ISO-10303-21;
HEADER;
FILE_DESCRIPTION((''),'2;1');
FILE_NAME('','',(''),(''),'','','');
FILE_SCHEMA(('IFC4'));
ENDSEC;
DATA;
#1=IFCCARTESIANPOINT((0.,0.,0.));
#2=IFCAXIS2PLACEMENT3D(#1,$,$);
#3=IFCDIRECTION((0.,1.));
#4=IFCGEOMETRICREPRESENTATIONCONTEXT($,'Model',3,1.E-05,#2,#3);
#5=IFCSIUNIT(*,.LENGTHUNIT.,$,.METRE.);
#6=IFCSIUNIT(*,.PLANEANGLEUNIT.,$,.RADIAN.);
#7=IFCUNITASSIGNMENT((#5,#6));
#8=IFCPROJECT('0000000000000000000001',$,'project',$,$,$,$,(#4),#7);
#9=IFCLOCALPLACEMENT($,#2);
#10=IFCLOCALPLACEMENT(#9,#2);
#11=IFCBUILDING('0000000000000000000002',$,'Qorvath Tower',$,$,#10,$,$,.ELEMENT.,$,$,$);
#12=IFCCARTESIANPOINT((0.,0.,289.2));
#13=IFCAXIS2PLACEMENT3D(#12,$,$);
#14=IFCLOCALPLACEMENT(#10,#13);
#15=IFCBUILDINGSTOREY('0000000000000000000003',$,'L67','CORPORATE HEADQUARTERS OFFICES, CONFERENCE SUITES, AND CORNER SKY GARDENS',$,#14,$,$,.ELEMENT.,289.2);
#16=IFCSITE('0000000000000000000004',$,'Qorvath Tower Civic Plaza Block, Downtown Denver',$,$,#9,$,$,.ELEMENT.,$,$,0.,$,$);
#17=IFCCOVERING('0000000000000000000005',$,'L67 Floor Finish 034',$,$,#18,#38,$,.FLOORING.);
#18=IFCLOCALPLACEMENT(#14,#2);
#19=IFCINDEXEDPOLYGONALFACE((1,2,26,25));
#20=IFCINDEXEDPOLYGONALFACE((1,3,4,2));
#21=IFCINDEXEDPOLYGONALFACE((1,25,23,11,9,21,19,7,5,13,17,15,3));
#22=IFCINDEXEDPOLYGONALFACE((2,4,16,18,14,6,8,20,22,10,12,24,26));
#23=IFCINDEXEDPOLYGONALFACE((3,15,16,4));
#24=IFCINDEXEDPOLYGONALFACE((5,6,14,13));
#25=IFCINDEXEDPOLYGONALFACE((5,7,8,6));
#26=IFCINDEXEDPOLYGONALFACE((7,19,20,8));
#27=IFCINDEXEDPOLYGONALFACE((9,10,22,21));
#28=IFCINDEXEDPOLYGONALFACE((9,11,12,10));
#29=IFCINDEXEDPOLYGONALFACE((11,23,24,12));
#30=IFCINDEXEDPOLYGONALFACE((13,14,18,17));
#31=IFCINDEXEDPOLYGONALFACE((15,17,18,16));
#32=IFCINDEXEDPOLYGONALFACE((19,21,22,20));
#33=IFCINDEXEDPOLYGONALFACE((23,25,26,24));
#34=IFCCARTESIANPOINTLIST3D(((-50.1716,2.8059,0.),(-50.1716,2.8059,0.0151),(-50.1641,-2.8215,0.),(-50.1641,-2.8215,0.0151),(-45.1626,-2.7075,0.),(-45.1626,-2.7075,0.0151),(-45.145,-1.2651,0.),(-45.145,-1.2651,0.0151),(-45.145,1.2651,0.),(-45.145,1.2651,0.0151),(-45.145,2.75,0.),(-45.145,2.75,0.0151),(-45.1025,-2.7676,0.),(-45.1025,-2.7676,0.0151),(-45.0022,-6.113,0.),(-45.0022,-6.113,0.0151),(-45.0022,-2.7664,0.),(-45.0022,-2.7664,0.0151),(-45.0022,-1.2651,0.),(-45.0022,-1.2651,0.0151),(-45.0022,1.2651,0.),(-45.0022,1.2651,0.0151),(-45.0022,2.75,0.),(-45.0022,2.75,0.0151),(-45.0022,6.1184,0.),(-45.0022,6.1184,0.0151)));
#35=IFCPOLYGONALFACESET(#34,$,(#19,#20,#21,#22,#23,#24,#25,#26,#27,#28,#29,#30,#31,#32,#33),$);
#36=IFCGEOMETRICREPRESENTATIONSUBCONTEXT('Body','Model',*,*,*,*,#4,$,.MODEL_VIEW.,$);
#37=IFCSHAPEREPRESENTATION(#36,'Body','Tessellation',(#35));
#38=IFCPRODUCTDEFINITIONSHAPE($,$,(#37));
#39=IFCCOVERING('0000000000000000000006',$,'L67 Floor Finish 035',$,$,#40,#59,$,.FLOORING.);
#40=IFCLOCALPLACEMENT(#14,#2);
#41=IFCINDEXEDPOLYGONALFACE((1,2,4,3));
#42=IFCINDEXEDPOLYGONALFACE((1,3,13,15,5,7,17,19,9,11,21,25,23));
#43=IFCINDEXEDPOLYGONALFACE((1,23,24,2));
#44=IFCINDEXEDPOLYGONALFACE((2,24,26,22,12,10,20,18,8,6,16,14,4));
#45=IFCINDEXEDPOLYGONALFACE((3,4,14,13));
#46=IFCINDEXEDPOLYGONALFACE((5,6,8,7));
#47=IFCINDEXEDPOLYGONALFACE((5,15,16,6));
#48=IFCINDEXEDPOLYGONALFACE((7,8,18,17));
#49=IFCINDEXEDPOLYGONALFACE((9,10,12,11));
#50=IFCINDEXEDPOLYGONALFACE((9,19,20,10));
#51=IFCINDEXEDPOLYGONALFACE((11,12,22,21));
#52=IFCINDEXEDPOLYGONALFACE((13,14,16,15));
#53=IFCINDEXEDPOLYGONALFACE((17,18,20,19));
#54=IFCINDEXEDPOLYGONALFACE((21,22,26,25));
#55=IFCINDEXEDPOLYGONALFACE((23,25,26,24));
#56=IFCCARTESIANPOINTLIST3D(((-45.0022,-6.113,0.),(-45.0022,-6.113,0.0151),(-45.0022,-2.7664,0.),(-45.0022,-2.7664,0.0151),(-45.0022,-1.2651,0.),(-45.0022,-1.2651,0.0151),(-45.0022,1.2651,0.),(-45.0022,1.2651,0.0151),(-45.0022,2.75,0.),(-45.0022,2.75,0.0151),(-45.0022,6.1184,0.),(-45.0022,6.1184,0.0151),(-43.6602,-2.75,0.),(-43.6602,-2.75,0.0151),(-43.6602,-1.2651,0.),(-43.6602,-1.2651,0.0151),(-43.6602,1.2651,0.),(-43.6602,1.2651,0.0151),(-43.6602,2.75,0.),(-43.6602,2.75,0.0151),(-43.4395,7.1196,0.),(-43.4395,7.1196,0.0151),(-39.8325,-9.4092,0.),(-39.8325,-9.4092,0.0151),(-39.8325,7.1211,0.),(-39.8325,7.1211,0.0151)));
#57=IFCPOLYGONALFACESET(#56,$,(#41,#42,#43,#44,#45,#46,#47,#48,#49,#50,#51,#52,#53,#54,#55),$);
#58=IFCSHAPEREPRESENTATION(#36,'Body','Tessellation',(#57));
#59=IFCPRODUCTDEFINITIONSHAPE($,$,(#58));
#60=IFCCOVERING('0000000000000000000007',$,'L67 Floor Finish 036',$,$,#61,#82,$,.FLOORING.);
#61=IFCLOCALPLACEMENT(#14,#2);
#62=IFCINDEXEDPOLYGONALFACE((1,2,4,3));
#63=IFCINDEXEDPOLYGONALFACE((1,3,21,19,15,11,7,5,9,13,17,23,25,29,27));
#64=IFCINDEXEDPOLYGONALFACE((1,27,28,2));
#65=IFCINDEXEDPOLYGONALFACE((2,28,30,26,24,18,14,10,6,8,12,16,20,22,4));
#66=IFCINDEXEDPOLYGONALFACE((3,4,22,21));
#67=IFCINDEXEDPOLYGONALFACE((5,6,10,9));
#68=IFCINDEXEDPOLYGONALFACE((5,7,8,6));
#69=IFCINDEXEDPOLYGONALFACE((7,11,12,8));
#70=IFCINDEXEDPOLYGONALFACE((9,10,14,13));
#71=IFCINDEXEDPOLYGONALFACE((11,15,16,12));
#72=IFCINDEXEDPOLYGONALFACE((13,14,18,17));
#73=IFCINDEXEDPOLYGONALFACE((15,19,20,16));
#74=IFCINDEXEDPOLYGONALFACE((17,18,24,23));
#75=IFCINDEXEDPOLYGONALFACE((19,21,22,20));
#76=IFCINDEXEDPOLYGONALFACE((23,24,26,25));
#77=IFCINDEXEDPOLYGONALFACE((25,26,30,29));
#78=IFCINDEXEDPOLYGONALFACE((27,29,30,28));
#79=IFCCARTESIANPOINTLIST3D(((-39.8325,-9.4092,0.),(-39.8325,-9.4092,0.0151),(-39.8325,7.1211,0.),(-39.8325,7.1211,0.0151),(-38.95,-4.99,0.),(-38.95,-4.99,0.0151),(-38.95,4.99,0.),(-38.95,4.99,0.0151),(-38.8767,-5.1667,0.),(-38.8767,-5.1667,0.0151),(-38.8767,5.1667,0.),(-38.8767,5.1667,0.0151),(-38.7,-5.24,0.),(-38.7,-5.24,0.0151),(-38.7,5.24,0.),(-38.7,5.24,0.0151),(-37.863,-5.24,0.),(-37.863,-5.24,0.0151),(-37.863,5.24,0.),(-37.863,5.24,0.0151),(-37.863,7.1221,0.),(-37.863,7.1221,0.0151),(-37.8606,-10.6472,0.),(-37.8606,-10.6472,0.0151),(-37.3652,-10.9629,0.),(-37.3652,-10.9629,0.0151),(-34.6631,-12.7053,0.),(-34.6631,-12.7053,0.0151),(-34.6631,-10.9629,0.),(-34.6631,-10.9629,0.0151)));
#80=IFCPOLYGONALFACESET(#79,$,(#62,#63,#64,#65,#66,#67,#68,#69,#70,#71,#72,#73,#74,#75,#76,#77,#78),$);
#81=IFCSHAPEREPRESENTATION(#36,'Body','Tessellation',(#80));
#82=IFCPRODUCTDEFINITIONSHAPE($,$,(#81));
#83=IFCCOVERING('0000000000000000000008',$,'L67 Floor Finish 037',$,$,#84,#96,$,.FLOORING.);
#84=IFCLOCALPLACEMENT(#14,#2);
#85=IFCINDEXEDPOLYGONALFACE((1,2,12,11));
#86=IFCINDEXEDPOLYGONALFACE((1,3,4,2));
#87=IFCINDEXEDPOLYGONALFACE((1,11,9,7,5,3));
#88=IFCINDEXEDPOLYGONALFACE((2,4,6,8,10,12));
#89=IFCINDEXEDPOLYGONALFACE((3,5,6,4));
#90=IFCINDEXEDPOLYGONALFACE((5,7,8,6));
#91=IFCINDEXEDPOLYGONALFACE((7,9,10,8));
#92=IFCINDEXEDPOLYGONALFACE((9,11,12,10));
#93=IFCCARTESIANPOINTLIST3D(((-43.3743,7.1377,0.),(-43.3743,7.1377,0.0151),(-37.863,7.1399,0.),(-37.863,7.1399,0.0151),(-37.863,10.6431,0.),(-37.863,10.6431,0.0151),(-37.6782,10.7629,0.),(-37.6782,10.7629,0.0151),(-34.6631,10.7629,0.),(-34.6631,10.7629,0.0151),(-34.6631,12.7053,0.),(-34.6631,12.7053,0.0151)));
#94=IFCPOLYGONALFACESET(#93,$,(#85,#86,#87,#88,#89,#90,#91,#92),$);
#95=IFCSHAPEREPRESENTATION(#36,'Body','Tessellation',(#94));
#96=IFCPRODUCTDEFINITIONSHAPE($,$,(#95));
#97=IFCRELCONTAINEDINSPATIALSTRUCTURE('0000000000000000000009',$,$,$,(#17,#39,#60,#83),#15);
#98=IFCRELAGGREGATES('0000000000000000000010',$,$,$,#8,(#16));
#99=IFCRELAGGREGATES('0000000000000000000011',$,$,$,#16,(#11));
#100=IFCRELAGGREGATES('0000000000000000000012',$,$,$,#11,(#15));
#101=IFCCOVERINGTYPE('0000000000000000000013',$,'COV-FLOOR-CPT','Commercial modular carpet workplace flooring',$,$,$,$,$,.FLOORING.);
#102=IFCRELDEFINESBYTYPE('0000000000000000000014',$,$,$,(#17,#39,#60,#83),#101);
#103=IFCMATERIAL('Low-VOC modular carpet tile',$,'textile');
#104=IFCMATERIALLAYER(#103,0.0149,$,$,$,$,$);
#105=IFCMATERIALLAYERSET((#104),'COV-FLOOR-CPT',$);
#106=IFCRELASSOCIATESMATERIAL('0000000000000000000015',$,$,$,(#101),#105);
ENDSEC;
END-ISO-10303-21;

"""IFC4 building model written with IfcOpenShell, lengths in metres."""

from ifc_helpers import new_model, si_unit, direction, frame, origin, place, context, subcontext, project, spatial, polyline, outline, extrude, material, layer, layer_set, type_object, element, save


model = new_model("IFC4")

# Units and contexts
model_context = context("Model", 3, precision=1e-05, world=origin(), true_north=direction((0.0, 1.0)))
body_context = subcontext(model_context, "Body", "Model", "MODEL_VIEW")
ifc_project = project(units=[si_unit("LENGTHUNIT", "METRE"), si_unit("PLANEANGLEUNIT", "RADIAN")], contexts=[model_context])

# Site, building, storey
site_placement = place(None, origin())
site = spatial("IfcSite", under=ifc_project, at=site_placement, Name="Qorvath Tower Civic Plaza Block, Downtown Denver", CompositionType="ELEMENT", RefElevation=0.0)
building_placement = place(site_placement, origin())
building = spatial("IfcBuilding", under=site, at=building_placement, Name="Qorvath Tower", CompositionType="ELEMENT")
storey_placement = place(building_placement, frame((0.0, 0.0, 289.2)))
storey = spatial("IfcBuildingStorey", under=building, at=storey_placement, Name="L67", Description="CORPORATE HEADQUARTERS OFFICES, CONFERENCE SUITES, AND CORNER SKY GARDENS", CompositionType="ELEMENT", Elevation=289.2)

# Coverings
ifc_material_1 = material(Name="Low-VOC modular carpet tile", Category="textile")
ifc_layer_1 = layer(ifc_material_1, 0.0149)
ifc_layer_set_1 = layer_set([ifc_layer_1], Name="COV-FLOOR-CPT")
covering_type_1 = type_object("IfcCoveringType", Name="COV-FLOOR-CPT", Description="Commercial modular carpet workplace flooring", PredefinedType="FLOORING", material=ifc_layer_set_1)
covering_1_placement = place(storey_placement, origin())
element("IfcCovering", 1, at=covering_1_placement, inside=storey, type_object=covering_type_1, Name="L67 Floor Finish 034", PredefinedType="FLOORING", context=body_context, shape_type="SweptSolid", body=[
    extrude(outline(polyline([(-50.1716, 2.8059), (-50.1641, -2.8215), (-45.0022, -6.113), (-45.0022, -2.7664), (-45.1025, -2.7676), (-45.1626, -2.7075), (-45.145, -1.2651), (-45.0022, -1.2651), (-45.0022, 1.2651), (-45.145, 1.2651), (-45.145, 2.75), (-45.0022, 2.75), (-45.0022, 6.1184), (-50.1716, 2.8059)])), origin(), (0.0, 0.0, 1.0), 0.0151),
])
covering_2_placement = place(storey_placement, origin())
element("IfcCovering", 2, at=covering_2_placement, inside=storey, type_object=covering_type_1, Name="L67 Floor Finish 035", PredefinedType="FLOORING", context=body_context, shape_type="SweptSolid", body=[
    extrude(outline(polyline([(-45.0022, 6.1184), (-45.0022, 2.75), (-43.6602, 2.75), (-43.6602, 1.2651), (-45.0022, 1.2651), (-45.0022, -1.2651), (-43.6602, -1.2651), (-43.6602, -2.75), (-45.0022, -2.7664), (-45.0022, -6.113), (-39.8325, -9.4092), (-39.8325, 7.1211), (-43.4395, 7.1196), (-45.0022, 6.1184)])), origin(), (0.0, 0.0, 1.0), 0.0151),
])
covering_3_placement = place(storey_placement, origin())
element("IfcCovering", 3, at=covering_3_placement, inside=storey, type_object=covering_type_1, Name="L67 Floor Finish 036", PredefinedType="FLOORING", context=body_context, shape_type="SweptSolid", body=[
    extrude(outline(polyline([(-39.8325, 7.1211), (-39.8325, -9.4092), (-34.6631, -12.7053), (-34.6631, -10.9629), (-37.3652, -10.9629), (-37.8606, -10.6472), (-37.863, -5.24), (-38.7, -5.24), (-38.8767, -5.1667), (-38.95, -4.99), (-38.95, 4.99), (-38.8767, 5.1667), (-38.7, 5.24), (-37.863, 5.24), (-37.863, 7.1221), (-39.8325, 7.1211)])), origin(), (0.0, 0.0, 1.0), 0.0151),
])
covering_4_placement = place(storey_placement, origin())
element("IfcCovering", 4, at=covering_4_placement, inside=storey, type_object=covering_type_1, Name="L67 Floor Finish 037", PredefinedType="FLOORING", context=body_context, shape_type="SweptSolid", body=[
    extrude(outline(polyline([(-34.6631, 10.7629), (-34.6631, 12.7053), (-43.3743, 7.1377), (-37.863, 7.1399), (-37.863, 10.6431), (-37.6782, 10.7629), (-34.6631, 10.7629)])), origin(), (0.0, 0.0, 1.0), 0.0151),
])

save(model, "model.ifc")
